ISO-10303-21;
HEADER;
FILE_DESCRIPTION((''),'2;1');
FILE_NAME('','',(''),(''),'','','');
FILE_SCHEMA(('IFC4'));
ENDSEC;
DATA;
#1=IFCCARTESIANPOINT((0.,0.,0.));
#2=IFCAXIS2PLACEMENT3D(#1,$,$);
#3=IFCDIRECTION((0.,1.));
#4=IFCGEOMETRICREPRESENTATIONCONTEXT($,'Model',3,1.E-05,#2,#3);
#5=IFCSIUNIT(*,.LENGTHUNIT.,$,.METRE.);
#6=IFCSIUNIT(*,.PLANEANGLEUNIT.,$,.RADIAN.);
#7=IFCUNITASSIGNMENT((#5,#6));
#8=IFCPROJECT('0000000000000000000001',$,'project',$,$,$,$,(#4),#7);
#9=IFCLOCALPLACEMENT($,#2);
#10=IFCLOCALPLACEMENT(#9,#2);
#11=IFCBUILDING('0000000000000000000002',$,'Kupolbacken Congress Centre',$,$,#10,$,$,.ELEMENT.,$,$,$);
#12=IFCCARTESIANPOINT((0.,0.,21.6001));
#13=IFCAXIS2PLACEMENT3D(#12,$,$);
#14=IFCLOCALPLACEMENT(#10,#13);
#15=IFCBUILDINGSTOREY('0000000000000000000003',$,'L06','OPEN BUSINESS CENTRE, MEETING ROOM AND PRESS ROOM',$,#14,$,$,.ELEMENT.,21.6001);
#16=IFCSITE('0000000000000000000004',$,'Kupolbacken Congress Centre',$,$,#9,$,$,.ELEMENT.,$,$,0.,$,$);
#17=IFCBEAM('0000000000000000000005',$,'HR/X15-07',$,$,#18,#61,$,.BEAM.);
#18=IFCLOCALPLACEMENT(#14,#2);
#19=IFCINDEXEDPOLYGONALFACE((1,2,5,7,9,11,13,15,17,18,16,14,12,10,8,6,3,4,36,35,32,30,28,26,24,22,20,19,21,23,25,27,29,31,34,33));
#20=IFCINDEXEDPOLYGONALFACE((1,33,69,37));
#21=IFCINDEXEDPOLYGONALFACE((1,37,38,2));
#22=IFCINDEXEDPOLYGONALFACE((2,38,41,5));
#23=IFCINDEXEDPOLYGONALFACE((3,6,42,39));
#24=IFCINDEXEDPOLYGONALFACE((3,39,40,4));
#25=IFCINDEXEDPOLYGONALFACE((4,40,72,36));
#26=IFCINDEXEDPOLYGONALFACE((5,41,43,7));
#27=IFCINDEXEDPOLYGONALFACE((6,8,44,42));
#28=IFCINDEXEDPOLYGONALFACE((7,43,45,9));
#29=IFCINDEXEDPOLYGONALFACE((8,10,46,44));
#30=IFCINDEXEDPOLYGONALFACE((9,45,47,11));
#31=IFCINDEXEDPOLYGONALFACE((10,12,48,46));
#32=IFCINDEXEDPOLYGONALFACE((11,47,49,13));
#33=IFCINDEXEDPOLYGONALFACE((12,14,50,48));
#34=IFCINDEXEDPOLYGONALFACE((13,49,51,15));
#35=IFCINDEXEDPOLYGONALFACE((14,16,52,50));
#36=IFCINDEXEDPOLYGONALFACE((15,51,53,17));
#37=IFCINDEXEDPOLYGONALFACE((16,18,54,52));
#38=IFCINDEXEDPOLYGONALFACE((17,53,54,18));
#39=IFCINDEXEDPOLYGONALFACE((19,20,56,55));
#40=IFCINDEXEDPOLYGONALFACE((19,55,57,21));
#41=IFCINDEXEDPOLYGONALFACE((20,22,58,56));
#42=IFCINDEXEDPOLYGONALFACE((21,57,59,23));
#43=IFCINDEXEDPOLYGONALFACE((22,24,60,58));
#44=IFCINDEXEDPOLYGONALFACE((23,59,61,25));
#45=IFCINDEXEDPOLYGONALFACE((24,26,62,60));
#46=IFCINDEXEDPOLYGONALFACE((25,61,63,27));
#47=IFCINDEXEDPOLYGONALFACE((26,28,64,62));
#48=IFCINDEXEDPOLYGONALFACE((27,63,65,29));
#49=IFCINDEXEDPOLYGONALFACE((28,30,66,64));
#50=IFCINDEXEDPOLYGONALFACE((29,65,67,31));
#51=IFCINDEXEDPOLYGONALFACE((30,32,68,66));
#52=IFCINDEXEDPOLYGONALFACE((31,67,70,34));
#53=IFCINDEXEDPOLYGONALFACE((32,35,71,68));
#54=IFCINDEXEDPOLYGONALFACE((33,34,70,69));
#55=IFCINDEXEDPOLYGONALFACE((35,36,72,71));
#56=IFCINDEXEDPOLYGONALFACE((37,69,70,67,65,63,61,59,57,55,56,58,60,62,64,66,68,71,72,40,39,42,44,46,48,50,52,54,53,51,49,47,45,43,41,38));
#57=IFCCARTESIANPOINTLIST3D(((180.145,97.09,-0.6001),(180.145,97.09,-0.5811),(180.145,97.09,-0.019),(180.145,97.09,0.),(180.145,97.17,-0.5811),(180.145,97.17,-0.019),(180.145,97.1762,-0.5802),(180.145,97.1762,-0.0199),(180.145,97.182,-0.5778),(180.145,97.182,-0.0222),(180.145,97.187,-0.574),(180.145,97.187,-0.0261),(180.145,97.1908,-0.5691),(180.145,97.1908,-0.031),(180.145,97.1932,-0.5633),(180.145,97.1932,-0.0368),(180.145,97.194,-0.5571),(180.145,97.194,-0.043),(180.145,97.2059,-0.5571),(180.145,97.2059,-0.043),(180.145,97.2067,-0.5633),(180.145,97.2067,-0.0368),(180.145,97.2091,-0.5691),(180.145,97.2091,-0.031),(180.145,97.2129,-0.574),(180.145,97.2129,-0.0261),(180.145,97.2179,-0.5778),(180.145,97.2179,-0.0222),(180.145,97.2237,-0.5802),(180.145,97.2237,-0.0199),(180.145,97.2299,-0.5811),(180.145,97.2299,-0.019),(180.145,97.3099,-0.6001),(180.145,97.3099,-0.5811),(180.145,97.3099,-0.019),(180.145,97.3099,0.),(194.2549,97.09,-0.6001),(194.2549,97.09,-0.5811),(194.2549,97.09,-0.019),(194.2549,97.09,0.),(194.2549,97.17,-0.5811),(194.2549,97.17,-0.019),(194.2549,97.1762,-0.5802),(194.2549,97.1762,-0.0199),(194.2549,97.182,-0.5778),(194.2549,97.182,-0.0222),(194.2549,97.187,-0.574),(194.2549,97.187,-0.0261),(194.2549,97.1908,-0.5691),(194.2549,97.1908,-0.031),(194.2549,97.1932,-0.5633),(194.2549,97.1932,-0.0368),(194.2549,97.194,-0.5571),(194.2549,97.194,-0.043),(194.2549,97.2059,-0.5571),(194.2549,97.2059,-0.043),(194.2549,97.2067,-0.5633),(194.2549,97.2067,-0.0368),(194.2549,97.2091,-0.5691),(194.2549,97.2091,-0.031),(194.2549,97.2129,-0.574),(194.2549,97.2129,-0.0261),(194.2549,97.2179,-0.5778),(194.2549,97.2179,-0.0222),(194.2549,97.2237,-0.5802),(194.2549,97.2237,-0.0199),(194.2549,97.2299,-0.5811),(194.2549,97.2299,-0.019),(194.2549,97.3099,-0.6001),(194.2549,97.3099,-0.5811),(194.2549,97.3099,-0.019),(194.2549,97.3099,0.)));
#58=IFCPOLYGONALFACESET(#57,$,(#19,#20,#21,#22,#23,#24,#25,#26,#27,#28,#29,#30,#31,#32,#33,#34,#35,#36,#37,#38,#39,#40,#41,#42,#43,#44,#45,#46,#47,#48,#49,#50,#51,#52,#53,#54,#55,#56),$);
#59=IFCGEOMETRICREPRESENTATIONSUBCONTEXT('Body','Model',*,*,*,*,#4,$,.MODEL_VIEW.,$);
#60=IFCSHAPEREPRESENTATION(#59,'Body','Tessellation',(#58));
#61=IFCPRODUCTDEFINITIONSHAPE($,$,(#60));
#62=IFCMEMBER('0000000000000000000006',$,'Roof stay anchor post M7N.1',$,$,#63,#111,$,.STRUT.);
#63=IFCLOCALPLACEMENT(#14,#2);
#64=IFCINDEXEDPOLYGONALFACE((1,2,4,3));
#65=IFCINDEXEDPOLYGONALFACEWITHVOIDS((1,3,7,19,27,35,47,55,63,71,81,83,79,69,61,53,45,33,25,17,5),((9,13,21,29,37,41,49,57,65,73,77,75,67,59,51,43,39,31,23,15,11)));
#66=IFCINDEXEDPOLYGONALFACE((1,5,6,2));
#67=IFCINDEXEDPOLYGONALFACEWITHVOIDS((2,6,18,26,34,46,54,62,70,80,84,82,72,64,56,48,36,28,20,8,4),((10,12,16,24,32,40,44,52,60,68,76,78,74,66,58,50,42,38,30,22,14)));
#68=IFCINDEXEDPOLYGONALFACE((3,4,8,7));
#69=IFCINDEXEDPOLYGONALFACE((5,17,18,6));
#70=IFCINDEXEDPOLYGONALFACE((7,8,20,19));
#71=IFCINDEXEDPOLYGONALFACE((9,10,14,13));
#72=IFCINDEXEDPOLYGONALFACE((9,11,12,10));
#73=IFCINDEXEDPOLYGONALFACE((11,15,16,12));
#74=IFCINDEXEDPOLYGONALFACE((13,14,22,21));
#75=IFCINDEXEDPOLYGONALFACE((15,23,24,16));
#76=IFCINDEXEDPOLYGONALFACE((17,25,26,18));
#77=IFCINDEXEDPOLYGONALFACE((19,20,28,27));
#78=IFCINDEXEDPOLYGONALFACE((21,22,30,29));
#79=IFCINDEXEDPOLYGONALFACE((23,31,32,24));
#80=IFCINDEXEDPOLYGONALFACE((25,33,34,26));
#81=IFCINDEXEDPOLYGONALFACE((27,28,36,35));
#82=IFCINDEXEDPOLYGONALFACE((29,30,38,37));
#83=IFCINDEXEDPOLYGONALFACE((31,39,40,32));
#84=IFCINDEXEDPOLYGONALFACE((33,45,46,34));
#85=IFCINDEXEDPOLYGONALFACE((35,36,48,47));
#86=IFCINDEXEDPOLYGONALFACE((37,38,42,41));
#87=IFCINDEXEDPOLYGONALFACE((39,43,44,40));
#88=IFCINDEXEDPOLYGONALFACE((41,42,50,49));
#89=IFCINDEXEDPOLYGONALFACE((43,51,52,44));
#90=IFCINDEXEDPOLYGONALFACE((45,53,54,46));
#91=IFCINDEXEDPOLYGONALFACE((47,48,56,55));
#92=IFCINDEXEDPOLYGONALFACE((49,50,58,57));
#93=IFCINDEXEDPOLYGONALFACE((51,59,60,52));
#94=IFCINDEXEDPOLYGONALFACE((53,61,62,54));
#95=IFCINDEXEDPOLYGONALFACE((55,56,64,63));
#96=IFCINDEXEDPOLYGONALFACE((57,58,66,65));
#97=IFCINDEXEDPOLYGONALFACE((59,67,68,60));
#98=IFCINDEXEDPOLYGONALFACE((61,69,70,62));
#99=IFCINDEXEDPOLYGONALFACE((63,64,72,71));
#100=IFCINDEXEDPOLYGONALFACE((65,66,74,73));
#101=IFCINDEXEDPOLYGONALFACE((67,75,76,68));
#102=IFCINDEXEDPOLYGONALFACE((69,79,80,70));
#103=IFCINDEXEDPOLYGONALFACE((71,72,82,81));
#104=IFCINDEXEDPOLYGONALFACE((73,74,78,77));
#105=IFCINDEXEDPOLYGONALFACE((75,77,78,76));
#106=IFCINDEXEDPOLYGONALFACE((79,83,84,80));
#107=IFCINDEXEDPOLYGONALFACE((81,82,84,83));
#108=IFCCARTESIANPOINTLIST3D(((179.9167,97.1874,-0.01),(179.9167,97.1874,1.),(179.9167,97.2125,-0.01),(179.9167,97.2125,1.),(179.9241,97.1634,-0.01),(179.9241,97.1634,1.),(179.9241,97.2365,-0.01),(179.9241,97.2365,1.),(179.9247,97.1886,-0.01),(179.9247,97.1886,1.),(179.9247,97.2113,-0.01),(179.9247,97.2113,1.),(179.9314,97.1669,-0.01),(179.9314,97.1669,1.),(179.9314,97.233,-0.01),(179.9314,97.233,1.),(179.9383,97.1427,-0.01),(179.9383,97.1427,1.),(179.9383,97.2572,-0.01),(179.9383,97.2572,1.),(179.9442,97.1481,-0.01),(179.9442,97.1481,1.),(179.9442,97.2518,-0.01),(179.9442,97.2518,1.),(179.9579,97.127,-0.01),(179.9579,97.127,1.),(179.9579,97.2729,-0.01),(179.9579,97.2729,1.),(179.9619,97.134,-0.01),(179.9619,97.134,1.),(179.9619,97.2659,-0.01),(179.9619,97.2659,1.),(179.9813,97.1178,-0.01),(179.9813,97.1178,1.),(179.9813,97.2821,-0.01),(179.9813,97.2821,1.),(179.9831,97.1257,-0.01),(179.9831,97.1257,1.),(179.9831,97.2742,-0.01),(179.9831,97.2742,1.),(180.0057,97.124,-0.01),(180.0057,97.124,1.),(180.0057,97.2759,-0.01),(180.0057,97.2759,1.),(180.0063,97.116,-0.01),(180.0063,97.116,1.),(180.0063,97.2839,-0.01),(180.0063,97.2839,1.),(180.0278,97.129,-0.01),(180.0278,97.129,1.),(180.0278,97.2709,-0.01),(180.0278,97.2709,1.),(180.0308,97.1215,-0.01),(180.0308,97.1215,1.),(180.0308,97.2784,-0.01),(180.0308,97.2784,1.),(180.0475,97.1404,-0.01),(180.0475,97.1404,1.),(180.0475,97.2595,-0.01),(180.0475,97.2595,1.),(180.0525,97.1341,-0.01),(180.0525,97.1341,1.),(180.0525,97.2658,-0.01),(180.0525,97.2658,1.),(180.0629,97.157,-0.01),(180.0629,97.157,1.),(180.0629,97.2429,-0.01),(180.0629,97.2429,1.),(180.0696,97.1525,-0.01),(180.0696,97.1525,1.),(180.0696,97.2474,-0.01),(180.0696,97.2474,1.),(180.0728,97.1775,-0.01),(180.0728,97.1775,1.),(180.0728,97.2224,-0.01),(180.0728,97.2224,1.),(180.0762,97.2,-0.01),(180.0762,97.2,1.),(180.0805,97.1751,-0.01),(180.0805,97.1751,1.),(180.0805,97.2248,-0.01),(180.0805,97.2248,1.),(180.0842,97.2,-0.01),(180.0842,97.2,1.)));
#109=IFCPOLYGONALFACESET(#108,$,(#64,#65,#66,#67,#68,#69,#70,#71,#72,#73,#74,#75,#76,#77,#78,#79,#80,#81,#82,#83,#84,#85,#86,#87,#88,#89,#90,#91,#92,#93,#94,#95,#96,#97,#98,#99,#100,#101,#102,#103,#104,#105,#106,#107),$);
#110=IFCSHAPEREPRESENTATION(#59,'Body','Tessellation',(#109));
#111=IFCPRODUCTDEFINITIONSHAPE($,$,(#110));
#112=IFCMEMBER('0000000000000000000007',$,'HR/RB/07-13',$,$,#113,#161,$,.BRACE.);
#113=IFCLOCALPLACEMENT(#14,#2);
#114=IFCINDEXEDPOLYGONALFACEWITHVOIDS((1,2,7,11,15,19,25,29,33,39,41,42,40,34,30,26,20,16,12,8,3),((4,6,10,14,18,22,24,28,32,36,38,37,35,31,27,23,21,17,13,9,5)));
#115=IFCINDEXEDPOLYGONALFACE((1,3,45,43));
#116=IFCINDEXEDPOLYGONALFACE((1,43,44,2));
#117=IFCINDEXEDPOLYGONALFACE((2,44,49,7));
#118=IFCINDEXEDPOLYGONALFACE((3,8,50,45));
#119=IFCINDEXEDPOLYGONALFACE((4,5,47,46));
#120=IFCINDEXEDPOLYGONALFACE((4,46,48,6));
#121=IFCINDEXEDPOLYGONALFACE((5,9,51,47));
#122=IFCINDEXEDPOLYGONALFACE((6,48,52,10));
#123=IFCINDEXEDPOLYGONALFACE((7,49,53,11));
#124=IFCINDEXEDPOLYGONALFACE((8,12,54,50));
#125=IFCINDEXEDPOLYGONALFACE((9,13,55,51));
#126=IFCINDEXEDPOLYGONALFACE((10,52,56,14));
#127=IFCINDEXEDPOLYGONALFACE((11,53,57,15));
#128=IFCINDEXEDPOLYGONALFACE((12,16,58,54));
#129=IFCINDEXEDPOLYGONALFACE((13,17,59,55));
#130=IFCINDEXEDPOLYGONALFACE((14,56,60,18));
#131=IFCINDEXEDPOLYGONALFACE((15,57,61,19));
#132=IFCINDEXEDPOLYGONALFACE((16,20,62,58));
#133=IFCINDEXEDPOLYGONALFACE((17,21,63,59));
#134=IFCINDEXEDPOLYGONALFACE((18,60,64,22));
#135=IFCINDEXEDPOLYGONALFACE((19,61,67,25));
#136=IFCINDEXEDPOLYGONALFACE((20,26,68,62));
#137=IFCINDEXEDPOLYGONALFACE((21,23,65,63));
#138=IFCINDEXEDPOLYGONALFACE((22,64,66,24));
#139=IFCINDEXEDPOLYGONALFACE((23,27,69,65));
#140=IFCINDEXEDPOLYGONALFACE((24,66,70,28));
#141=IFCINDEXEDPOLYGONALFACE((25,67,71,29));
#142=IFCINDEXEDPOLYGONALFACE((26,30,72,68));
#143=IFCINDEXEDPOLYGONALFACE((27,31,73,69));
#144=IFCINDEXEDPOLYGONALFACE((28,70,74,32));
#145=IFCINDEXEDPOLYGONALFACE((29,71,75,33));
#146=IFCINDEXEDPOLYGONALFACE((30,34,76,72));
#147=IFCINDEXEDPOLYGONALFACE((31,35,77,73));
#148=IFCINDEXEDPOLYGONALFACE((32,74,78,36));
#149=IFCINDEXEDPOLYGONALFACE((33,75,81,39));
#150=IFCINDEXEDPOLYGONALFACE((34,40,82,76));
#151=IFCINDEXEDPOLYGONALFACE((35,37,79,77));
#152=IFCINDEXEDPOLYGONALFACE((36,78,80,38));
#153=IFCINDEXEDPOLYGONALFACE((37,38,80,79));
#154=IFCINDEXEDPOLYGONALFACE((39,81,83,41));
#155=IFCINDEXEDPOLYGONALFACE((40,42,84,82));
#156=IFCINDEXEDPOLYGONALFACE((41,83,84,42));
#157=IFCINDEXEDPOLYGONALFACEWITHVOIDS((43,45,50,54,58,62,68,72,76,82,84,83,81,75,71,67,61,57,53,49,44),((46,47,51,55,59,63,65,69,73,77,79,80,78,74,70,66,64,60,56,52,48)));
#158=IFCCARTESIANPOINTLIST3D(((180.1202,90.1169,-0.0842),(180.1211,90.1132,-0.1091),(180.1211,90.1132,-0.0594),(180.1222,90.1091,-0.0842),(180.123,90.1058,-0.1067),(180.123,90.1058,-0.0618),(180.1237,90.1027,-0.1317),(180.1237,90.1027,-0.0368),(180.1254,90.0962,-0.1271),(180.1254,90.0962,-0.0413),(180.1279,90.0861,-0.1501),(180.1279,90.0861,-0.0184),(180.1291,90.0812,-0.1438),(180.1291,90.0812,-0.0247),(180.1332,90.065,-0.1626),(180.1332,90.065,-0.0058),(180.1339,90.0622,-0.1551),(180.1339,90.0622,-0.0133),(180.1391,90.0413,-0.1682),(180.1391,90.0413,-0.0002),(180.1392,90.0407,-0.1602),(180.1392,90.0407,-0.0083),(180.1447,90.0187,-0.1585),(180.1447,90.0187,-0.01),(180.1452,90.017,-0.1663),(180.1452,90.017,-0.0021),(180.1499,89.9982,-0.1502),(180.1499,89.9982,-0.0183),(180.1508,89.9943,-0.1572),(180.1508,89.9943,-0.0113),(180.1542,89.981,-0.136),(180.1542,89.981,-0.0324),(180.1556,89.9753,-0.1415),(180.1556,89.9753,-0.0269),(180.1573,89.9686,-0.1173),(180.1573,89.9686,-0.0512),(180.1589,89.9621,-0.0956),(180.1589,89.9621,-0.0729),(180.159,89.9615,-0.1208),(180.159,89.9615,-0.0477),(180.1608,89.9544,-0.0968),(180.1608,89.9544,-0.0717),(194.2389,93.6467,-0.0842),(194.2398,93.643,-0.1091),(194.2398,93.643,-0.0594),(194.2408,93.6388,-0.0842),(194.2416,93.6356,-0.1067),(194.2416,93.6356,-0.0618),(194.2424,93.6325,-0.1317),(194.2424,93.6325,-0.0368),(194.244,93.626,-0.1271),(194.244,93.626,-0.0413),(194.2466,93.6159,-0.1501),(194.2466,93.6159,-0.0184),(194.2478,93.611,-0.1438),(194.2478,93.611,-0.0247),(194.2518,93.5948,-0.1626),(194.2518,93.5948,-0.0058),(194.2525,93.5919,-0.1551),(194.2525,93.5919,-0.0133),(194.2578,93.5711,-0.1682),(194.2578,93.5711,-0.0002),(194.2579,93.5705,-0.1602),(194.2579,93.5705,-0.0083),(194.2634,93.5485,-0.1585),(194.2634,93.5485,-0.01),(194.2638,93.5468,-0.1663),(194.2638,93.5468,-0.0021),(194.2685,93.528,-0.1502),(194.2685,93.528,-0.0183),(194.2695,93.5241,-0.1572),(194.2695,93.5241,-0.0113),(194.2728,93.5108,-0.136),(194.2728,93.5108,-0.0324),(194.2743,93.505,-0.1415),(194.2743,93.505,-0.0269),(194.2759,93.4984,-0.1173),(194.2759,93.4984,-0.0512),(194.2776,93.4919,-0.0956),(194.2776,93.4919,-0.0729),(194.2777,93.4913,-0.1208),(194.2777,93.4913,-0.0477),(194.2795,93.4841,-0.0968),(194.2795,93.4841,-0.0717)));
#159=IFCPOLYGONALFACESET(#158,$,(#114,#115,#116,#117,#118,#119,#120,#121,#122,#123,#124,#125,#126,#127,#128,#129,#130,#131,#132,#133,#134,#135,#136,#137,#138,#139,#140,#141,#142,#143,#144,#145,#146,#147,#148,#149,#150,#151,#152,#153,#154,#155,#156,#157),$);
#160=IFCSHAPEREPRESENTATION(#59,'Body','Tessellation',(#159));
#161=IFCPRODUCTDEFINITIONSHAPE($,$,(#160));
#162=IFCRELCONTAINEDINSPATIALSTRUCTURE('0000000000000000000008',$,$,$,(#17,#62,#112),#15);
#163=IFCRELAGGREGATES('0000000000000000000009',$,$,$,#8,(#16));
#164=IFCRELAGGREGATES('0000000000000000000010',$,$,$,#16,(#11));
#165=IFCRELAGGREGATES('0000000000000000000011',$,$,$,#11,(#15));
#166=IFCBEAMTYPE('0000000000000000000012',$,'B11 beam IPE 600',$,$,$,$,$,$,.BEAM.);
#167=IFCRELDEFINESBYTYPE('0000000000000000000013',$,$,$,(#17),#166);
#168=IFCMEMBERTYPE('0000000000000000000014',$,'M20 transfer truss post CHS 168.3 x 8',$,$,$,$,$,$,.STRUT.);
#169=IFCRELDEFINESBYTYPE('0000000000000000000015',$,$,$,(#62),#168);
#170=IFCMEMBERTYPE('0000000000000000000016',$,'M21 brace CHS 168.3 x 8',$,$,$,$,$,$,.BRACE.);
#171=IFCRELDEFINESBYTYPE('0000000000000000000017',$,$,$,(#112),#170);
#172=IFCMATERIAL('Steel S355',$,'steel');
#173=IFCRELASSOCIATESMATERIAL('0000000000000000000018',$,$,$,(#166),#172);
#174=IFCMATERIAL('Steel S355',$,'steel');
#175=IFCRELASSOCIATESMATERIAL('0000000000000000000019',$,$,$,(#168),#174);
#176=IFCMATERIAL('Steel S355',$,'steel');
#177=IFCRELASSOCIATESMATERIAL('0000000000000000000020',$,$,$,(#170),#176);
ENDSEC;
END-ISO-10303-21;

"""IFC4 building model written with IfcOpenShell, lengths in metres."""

from ifc_helpers import new_model, si_unit, direction, frame, origin, origin_2d, place, context, subcontext, project, spatial, hollow_circle, i_section, extrude, material, material_profile, profile_set, type_object, element, save


model = new_model("IFC4")

# Units and contexts
model_context = context("Model", 3, precision=1e-05, world=origin(), true_north=direction((0.0, 1.0)))
body_context = subcontext(model_context, "Body", "Model", "MODEL_VIEW")
ifc_project = project(units=[si_unit("LENGTHUNIT", "METRE"), si_unit("PLANEANGLEUNIT", "RADIAN")], contexts=[model_context])

# Site, building, storey
site_placement = place(None, origin())
site = spatial("IfcSite", under=ifc_project, at=site_placement, Name="Kupolbacken Congress Centre", CompositionType="ELEMENT", RefElevation=0.0)
building_placement = place(site_placement, origin())
building = spatial("IfcBuilding", under=site, at=building_placement, Name="Kupolbacken Congress Centre", CompositionType="ELEMENT")
storey_placement = place(building_placement, frame((0.0, 0.0, 21.6001)))
storey = spatial("IfcBuildingStorey", under=building, at=storey_placement, Name="L06", Description="OPEN BUSINESS CENTRE, MEETING ROOM AND PRESS ROOM", CompositionType="ELEMENT", Elevation=21.6001)

# Beam
ifc_material_1 = material(Name="Steel S355", Category="steel")
ifc_material_profile_1 = material_profile(ifc_material_1, i_section(OverallWidth=0.22, OverallDepth=0.6001, WebThickness=0.012, FlangeThickness=0.019, FilletRadius=0.0239, at=origin_2d()), Name="IPE 600")
ifc_profile_set_1 = profile_set([ifc_material_profile_1], Name="Steel S355")
beam_type_1 = type_object("IfcBeamType", Name="B11 beam IPE 600", PredefinedType="BEAM", material=ifc_profile_set_1)
beam_1_placement = place(storey_placement, frame((180.145, 97.2, -0.3), z_axis=(1.0, 0.0, 0.0), x_axis=(0.0, 1.0, 0.0)))
element("IfcBeam", 1, at=beam_1_placement, inside=storey, type_object=beam_type_1, Name="HR/X15-07", PredefinedType="BEAM", context=body_context, shape_type="SweptSolid", body=[
    extrude(i_section(OverallWidth=0.22, OverallDepth=0.6001, WebThickness=0.012, FlangeThickness=0.019, FilletRadius=0.0239, at=origin_2d()), origin(), (0.0, 0.0, 1.0), 14.1099),
])

# Members
ifc_material_2 = material(Name="Steel S355", Category="steel")
ifc_material_profile_2 = material_profile(ifc_material_2, hollow_circle(Radius=0.0842, WallThickness=0.0081, at=origin_2d()), Name="CHS 168.3 x 8")
ifc_profile_set_2 = profile_set([ifc_material_profile_2], Name="Steel S355")
member_type_1 = type_object("IfcMemberType", Name="M20 transfer truss post CHS 168.3 x 8", PredefinedType="STRUT", material=ifc_profile_set_2)
member_1_placement = place(storey_placement, frame((180.0, 97.2, -0.01), z_axis=(0.0, 0.0, 1.0), x_axis=(1.0, 0.0, 0.0)))
element("IfcMember", 2, at=member_1_placement, inside=storey, type_object=member_type_1, Name="Roof stay anchor post M7N.1", PredefinedType="STRUT", context=body_context, shape_type="SweptSolid", body=[
    extrude(hollow_circle(Radius=0.0842, WallThickness=0.0081, at=origin_2d()), origin(), (0.0, 0.0, 1.0), 1.01),
])
ifc_material_3 = material(Name="Steel S355", Category="steel")
ifc_material_profile_3 = material_profile(ifc_material_3, hollow_circle(Radius=0.0842, WallThickness=0.0081, at=origin_2d()), Name="CHS 168.3 x 8")
ifc_profile_set_3 = profile_set([ifc_material_profile_3], Name="Steel S355")
member_type_2 = type_object("IfcMemberType", Name="M21 brace CHS 168.3 x 8", PredefinedType="BRACE", material=ifc_profile_set_3)
for number, where, z_axis, x_axis, name in (
    (3, (180.1406, 90.0352, -0.0842), (0.970141, 0.242544, 0.0), (-0.242544, 0.970141, 0.0), "HR/RB/07-13"),
):
    element("IfcMember", number, at=place(storey_placement, frame(where, z_axis=z_axis, x_axis=x_axis)), inside=storey, type_object=member_type_2, Name=name, PredefinedType="BRACE", context=body_context, shape_type="SweptSolid", body=[
        extrude(hollow_circle(Radius=0.0842, WallThickness=0.0081, at=origin_2d()), origin(), (0.0, 0.0, 1.0), 14.5532),
    ])

save(model, "model.ifc")
